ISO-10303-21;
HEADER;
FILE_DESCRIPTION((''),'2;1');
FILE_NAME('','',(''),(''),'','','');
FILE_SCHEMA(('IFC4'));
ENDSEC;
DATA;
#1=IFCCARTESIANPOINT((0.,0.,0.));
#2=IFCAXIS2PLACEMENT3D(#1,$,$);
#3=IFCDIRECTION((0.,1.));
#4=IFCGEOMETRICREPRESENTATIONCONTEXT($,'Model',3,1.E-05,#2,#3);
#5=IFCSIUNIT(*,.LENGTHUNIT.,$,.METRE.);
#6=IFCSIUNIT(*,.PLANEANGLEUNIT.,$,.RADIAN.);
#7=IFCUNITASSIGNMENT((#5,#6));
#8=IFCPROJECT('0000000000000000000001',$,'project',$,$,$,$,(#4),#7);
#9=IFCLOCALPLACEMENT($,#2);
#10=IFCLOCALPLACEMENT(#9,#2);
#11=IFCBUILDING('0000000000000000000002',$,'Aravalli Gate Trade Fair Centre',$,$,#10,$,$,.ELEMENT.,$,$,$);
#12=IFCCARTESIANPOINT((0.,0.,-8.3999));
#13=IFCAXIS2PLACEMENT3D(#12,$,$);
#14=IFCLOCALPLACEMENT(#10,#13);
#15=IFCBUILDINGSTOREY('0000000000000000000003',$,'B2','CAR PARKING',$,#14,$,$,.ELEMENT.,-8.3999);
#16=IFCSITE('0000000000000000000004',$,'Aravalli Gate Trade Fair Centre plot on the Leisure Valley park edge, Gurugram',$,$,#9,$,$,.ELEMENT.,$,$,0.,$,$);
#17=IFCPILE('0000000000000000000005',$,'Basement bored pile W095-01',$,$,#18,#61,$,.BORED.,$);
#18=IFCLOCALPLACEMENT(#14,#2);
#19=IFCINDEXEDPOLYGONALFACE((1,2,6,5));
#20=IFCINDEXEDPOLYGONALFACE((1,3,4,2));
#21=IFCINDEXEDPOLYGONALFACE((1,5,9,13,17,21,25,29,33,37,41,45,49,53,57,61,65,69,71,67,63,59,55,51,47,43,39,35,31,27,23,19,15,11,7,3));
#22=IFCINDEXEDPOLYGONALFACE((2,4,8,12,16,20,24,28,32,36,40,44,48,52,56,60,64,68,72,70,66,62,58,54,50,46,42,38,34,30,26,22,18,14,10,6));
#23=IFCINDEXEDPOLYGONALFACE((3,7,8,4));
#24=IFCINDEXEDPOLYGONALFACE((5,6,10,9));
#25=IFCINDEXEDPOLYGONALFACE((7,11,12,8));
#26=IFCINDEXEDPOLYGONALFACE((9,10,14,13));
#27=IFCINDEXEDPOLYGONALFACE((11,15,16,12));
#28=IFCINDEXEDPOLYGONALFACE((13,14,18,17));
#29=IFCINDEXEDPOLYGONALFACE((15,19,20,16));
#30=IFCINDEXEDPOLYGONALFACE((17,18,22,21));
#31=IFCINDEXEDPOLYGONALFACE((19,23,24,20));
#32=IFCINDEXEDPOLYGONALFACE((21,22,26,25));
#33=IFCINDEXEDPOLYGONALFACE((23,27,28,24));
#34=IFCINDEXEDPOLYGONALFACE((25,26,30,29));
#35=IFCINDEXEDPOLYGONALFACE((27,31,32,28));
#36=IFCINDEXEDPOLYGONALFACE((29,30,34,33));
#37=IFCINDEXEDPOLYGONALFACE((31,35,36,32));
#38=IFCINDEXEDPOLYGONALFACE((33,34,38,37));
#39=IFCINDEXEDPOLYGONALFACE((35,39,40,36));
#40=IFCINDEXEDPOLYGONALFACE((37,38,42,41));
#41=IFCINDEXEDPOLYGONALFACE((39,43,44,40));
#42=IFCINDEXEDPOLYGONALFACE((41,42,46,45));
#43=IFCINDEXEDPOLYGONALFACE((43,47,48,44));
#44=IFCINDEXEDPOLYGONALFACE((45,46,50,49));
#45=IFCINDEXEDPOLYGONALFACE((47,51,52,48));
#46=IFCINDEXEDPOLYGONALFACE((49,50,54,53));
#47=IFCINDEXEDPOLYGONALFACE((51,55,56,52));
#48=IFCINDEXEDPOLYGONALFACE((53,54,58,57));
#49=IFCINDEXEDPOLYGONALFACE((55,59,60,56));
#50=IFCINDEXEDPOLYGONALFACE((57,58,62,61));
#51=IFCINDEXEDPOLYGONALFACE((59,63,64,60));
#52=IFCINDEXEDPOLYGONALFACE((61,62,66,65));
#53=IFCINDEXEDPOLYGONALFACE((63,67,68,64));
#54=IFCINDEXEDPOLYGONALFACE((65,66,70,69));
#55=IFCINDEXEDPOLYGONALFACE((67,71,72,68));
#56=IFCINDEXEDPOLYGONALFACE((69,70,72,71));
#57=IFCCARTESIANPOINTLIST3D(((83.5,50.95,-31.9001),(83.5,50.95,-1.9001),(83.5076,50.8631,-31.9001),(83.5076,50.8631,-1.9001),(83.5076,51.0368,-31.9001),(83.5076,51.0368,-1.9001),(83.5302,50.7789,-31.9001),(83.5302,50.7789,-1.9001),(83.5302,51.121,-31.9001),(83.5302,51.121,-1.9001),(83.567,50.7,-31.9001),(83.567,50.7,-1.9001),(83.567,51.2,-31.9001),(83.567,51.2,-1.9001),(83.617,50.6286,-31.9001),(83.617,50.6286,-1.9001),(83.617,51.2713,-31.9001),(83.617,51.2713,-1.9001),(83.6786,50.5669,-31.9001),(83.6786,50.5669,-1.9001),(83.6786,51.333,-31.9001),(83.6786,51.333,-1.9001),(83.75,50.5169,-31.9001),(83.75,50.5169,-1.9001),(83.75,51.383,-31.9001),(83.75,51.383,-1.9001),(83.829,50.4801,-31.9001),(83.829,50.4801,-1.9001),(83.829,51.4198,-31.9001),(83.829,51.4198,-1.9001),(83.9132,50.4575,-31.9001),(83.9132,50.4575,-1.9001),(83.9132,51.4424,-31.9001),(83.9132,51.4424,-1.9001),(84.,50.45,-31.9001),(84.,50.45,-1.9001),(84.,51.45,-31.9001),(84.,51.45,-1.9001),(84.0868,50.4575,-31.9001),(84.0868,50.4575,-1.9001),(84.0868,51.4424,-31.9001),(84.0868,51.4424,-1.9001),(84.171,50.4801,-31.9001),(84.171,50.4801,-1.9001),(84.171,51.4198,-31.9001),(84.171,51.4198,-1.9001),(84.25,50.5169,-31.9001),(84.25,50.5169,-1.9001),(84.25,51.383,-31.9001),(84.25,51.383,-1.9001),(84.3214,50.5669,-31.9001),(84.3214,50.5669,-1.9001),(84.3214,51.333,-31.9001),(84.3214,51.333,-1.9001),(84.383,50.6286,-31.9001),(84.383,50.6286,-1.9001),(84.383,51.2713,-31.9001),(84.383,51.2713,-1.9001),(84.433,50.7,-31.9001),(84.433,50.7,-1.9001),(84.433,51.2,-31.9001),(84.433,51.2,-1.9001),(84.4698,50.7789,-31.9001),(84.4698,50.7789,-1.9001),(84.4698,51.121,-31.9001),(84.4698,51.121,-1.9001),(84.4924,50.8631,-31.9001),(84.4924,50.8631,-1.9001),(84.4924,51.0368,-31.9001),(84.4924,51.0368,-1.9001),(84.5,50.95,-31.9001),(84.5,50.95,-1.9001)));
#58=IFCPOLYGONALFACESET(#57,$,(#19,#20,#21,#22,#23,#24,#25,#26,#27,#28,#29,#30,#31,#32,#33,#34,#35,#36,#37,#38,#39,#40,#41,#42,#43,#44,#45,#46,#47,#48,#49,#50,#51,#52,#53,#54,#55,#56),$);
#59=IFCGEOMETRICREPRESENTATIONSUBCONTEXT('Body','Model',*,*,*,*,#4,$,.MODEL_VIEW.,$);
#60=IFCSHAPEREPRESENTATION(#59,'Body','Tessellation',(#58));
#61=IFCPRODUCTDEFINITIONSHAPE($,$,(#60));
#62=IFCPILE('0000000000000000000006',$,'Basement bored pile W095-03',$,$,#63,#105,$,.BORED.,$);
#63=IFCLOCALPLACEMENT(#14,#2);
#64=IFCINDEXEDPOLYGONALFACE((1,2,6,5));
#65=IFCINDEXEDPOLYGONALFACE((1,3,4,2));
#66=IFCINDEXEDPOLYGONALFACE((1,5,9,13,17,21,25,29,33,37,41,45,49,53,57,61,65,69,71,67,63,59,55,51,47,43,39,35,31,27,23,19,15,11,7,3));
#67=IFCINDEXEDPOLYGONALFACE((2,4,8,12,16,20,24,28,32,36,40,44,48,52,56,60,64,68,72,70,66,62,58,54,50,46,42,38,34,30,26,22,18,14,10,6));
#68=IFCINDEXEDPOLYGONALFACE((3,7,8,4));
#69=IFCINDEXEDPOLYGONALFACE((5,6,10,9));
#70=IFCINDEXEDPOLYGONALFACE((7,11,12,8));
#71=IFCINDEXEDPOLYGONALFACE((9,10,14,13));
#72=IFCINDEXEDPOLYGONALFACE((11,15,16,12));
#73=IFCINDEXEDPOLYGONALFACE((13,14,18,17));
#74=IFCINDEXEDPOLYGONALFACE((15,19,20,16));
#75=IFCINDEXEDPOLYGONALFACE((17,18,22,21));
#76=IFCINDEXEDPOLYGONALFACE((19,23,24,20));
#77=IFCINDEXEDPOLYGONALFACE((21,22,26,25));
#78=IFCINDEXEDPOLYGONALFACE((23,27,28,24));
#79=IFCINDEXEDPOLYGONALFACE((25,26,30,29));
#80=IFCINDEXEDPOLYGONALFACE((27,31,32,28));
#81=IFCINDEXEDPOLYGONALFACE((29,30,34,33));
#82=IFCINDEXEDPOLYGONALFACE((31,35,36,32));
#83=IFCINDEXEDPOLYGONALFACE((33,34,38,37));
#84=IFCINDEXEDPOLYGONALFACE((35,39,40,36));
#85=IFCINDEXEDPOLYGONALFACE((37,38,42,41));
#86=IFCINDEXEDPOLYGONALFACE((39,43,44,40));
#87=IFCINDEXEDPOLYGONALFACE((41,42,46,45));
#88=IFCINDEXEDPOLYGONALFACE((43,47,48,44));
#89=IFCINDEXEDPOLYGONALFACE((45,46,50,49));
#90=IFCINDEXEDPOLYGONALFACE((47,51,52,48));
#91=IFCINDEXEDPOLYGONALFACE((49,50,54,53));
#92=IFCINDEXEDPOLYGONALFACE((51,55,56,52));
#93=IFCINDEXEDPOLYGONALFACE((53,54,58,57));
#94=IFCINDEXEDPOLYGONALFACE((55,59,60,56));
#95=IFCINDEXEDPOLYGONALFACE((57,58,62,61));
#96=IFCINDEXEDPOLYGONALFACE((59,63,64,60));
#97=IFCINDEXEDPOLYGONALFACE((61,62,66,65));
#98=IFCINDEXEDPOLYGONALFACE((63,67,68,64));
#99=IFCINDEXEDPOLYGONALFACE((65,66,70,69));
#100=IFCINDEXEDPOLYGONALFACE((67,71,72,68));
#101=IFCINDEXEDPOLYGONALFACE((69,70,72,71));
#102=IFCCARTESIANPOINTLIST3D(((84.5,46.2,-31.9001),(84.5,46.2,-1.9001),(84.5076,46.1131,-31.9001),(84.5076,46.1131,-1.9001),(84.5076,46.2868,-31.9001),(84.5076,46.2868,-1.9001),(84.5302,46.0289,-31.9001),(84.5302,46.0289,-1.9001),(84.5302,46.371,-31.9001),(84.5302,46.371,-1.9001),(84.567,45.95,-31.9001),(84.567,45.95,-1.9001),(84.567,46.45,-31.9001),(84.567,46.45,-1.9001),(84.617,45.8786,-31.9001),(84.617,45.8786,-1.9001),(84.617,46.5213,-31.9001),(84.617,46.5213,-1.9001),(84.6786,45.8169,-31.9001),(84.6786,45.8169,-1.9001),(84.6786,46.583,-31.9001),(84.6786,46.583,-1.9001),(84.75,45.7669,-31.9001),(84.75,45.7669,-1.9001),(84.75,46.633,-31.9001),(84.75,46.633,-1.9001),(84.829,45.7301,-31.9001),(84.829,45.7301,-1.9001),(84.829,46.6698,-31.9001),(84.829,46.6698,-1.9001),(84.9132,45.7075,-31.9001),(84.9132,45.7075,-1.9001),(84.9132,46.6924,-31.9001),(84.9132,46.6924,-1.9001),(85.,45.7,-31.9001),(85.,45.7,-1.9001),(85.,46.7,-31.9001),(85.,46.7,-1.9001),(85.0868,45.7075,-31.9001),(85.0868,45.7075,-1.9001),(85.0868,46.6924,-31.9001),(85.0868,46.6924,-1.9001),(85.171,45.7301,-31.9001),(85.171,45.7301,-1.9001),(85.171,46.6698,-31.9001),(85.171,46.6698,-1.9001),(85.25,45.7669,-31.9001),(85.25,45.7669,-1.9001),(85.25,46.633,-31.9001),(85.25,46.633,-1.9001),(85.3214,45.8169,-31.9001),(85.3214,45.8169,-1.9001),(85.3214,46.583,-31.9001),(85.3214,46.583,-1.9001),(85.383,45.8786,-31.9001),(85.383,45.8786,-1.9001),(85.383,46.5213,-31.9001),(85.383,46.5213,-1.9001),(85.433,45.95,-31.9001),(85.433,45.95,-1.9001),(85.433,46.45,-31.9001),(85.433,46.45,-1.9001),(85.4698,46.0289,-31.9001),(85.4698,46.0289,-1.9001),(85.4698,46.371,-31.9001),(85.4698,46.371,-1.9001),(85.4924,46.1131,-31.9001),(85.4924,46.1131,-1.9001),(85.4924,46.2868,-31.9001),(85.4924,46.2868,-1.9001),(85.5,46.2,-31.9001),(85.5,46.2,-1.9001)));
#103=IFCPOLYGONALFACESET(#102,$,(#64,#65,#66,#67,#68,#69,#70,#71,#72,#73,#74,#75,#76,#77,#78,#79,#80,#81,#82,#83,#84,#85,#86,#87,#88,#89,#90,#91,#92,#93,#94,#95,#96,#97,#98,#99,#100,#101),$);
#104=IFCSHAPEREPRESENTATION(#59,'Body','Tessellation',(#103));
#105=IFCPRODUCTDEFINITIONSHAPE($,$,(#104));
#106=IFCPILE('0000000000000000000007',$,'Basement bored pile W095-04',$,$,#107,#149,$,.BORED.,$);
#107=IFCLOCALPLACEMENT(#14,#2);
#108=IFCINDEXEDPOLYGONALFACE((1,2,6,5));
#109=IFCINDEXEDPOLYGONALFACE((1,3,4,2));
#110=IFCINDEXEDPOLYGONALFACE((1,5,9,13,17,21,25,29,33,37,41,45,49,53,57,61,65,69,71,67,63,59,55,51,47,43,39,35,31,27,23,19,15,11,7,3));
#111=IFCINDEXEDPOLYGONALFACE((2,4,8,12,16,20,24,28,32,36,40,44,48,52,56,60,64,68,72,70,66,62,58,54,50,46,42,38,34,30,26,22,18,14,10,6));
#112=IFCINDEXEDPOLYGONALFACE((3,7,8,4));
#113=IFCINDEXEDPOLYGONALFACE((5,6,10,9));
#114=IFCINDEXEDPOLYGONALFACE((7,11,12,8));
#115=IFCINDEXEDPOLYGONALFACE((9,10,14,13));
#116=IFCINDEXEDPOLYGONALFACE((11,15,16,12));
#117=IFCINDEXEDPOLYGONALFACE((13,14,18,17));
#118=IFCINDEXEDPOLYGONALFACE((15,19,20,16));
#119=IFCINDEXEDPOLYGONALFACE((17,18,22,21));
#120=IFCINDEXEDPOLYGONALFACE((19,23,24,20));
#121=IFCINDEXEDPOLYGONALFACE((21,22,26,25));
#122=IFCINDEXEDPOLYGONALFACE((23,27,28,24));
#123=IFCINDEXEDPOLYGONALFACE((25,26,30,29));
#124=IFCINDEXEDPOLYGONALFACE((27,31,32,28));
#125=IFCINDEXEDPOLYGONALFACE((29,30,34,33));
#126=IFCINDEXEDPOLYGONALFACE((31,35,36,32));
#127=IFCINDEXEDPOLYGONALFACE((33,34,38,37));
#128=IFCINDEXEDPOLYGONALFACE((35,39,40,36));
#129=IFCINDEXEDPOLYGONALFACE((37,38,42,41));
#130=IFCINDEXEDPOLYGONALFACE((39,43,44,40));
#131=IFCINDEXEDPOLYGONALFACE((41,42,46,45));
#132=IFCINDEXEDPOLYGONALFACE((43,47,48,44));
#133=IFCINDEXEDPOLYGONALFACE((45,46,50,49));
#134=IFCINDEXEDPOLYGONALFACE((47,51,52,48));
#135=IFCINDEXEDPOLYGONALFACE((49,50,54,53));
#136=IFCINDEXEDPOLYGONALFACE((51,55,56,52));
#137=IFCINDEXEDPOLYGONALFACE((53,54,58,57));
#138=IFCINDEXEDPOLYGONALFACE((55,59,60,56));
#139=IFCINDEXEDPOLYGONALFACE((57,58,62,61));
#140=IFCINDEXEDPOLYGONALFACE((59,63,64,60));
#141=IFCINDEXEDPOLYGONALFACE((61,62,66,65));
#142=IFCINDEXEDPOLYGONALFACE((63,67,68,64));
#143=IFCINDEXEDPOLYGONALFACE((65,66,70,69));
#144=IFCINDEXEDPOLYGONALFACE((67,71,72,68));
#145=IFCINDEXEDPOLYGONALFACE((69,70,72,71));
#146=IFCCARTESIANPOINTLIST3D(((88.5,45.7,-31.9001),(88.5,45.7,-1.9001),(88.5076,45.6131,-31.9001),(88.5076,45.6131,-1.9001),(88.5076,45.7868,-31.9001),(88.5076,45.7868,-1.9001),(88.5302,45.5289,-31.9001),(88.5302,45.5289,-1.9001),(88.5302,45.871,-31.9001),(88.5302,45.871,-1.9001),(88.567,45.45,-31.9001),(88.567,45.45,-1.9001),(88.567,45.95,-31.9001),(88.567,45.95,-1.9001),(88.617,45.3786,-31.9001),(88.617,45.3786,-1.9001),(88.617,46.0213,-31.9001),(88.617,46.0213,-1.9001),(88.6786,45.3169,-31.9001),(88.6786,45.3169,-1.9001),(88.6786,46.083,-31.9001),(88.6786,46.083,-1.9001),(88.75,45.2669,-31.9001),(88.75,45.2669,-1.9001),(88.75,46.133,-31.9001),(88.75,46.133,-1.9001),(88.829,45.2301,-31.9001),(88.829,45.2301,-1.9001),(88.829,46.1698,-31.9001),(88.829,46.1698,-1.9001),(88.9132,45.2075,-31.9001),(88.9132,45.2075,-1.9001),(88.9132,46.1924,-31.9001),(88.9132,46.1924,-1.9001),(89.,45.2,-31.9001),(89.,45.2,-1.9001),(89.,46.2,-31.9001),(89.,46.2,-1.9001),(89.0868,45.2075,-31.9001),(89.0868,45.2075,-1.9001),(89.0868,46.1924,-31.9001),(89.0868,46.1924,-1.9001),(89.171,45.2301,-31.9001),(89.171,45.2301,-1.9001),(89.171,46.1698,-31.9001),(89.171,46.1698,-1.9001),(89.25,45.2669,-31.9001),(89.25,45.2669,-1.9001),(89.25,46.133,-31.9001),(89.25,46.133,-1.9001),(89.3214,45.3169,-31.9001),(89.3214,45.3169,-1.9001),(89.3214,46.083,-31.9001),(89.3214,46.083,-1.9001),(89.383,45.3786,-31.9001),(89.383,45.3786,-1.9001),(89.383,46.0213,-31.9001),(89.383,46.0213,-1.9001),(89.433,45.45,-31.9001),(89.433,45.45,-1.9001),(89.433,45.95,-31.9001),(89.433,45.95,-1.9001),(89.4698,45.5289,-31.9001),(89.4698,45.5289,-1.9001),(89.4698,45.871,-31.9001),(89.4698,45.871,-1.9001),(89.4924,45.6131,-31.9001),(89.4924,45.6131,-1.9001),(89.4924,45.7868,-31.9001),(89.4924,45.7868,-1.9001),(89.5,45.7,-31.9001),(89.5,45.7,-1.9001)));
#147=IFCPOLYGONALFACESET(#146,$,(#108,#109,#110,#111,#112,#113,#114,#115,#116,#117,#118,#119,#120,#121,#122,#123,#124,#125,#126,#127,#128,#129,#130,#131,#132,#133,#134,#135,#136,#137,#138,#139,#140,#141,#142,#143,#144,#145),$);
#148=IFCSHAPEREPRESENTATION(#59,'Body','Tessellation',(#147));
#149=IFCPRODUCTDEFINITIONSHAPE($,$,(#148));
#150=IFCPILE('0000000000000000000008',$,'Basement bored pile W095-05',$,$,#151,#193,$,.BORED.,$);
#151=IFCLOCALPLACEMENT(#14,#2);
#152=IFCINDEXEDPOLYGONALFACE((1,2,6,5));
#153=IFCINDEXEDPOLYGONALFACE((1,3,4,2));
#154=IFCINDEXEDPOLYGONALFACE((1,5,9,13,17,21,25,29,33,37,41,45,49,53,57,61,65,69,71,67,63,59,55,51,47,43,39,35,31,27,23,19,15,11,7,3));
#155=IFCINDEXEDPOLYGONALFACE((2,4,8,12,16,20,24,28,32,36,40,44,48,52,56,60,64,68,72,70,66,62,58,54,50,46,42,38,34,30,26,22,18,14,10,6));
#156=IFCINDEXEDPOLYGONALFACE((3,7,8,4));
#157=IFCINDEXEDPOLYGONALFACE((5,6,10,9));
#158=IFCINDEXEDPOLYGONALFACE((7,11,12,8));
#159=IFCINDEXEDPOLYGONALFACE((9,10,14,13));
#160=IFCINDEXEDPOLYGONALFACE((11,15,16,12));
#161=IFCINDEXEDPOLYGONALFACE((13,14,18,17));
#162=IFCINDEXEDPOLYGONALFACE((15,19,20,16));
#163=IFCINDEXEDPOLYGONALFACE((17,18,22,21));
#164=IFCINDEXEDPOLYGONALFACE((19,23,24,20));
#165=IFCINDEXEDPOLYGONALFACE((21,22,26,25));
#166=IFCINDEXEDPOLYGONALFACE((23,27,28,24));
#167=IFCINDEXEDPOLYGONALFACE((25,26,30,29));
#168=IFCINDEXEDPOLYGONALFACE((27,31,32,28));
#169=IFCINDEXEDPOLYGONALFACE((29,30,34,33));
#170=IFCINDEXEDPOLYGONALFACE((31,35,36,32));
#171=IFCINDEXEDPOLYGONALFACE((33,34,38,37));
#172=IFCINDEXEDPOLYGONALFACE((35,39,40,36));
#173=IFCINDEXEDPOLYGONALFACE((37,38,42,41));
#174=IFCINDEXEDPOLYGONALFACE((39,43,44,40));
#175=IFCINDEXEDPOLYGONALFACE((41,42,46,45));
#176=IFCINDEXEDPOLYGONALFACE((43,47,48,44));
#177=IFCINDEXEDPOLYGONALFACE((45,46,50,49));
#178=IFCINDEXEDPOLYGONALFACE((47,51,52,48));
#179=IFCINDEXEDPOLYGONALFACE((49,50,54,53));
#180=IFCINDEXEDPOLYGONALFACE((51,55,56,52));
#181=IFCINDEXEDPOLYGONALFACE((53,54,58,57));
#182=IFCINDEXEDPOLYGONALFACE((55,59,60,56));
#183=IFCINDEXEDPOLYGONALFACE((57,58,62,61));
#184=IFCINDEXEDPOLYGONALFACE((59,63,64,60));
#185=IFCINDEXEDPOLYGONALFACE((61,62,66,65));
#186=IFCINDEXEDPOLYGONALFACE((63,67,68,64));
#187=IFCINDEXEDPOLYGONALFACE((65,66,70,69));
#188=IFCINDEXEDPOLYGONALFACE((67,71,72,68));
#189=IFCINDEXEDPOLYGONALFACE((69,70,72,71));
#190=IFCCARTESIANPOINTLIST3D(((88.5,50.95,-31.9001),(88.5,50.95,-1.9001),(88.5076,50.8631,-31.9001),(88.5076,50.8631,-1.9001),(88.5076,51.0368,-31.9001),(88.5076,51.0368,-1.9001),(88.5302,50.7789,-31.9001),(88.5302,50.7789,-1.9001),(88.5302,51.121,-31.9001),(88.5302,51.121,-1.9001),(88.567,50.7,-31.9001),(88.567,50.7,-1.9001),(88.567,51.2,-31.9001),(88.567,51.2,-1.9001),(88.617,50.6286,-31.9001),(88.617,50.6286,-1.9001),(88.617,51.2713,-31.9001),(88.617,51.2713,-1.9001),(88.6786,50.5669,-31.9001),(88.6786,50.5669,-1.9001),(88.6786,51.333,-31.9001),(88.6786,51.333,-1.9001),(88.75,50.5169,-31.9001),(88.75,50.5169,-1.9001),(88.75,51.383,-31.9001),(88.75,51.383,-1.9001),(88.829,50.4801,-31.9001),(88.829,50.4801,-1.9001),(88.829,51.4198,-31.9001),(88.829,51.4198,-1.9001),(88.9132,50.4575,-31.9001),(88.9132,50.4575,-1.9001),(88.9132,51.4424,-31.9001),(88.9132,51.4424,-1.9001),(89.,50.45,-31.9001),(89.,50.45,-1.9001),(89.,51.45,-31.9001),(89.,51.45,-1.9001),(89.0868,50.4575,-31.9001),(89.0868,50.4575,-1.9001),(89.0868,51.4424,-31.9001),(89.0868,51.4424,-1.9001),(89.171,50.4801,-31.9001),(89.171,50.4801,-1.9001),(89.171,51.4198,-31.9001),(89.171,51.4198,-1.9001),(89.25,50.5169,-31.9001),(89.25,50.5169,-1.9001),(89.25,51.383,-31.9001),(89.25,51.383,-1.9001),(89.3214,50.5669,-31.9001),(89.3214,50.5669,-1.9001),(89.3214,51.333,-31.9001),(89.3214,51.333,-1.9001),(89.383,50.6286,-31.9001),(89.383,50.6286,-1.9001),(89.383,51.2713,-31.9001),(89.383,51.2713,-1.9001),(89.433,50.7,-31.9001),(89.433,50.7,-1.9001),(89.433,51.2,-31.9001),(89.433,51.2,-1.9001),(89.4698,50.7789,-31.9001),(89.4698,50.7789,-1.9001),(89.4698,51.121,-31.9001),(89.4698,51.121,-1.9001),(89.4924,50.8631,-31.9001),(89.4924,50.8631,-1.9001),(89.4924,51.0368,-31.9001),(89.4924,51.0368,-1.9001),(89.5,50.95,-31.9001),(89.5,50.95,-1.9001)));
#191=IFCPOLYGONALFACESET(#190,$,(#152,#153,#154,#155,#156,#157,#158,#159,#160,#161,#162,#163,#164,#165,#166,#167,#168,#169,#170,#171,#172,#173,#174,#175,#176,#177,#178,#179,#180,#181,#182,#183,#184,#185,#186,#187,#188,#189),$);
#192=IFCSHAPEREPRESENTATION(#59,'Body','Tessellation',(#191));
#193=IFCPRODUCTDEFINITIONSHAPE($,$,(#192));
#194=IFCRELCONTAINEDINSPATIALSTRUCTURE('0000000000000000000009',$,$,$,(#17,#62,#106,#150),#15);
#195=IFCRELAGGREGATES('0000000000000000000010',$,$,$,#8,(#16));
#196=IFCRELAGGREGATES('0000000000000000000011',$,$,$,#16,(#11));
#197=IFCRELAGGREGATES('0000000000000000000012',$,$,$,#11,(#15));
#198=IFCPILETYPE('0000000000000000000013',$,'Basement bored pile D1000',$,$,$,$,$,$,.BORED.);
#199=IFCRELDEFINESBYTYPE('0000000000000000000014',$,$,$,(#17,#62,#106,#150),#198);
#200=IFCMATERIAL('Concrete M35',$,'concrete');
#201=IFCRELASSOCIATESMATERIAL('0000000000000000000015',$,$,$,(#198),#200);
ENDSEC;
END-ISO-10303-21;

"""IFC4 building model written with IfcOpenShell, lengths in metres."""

from ifc_helpers import new_model, si_unit, direction, frame, origin, origin_2d, place, context, subcontext, project, spatial, circle, extrude, material, material_profile, profile_set, type_object, element, save


model = new_model("IFC4")

# Units and contexts
model_context = context("Model", 3, precision=1e-05, world=origin(), true_north=direction((0.0, 1.0)))
body_context = subcontext(model_context, "Body", "Model", "MODEL_VIEW")
ifc_project = project(units=[si_unit("LENGTHUNIT", "METRE"), si_unit("PLANEANGLEUNIT", "RADIAN")], contexts=[model_context])

# Site, building, storey
site_placement = place(None, origin())
site = spatial("IfcSite", under=ifc_project, at=site_placement, Name="Aravalli Gate Trade Fair Centre plot on the Leisure Valley park edge, Gurugram", CompositionType="ELEMENT", RefElevation=0.0)
building_placement = place(site_placement, origin())
building = spatial("IfcBuilding", under=site, at=building_placement, Name="Aravalli Gate Trade Fair Centre", CompositionType="ELEMENT")
storey_placement = place(building_placement, frame((0.0, 0.0, -8.3999)))
storey = spatial("IfcBuildingStorey", under=building, at=storey_placement, Name="B2", Description="CAR PARKING", CompositionType="ELEMENT", Elevation=-8.3999)

# Piles
ifc_material_1 = material(Name="Concrete M35", Category="concrete")
ifc_material_profile_1 = material_profile(ifc_material_1, circle(Radius=0.5, at=origin_2d()), Name="D1000")
ifc_profile_set_1 = profile_set([ifc_material_profile_1], Name="Concrete M35")
pile_type = type_object("IfcPileType", Name="Basement bored pile D1000", PredefinedType="BORED", material=ifc_profile_set_1)
for number, where, z_axis, x_axis, name in (
    (1, (84.0, 50.95, -1.9001), (0.0, 0.0, -1.0), (1.0, 0.0, 0.0), "Basement bored pile W095-01"),
    (2, (85.0, 46.2, -1.9001), (0.0, 0.0, -1.0), (1.0, 0.0, 0.0), "Basement bored pile W095-03"),
    (3, (89.0, 45.7, -1.9001), (0.0, 0.0, -1.0), (1.0, 0.0, 0.0), "Basement bored pile W095-04"),
    (4, (89.0, 50.95, -1.9001), (0.0, 0.0, -1.0), (1.0, 0.0, 0.0), "Basement bored pile W095-05"),
):
    element("IfcPile", number, at=place(storey_placement, frame(where, z_axis=z_axis, x_axis=x_axis)), inside=storey, type_object=pile_type, Name=name, PredefinedType="BORED", context=body_context, shape_type="SweptSolid", body=[
        extrude(circle(Radius=0.5, at=origin_2d()), origin(), (0.0, 0.0, 1.0), 30.0),
    ])

save(model, "model.ifc")
